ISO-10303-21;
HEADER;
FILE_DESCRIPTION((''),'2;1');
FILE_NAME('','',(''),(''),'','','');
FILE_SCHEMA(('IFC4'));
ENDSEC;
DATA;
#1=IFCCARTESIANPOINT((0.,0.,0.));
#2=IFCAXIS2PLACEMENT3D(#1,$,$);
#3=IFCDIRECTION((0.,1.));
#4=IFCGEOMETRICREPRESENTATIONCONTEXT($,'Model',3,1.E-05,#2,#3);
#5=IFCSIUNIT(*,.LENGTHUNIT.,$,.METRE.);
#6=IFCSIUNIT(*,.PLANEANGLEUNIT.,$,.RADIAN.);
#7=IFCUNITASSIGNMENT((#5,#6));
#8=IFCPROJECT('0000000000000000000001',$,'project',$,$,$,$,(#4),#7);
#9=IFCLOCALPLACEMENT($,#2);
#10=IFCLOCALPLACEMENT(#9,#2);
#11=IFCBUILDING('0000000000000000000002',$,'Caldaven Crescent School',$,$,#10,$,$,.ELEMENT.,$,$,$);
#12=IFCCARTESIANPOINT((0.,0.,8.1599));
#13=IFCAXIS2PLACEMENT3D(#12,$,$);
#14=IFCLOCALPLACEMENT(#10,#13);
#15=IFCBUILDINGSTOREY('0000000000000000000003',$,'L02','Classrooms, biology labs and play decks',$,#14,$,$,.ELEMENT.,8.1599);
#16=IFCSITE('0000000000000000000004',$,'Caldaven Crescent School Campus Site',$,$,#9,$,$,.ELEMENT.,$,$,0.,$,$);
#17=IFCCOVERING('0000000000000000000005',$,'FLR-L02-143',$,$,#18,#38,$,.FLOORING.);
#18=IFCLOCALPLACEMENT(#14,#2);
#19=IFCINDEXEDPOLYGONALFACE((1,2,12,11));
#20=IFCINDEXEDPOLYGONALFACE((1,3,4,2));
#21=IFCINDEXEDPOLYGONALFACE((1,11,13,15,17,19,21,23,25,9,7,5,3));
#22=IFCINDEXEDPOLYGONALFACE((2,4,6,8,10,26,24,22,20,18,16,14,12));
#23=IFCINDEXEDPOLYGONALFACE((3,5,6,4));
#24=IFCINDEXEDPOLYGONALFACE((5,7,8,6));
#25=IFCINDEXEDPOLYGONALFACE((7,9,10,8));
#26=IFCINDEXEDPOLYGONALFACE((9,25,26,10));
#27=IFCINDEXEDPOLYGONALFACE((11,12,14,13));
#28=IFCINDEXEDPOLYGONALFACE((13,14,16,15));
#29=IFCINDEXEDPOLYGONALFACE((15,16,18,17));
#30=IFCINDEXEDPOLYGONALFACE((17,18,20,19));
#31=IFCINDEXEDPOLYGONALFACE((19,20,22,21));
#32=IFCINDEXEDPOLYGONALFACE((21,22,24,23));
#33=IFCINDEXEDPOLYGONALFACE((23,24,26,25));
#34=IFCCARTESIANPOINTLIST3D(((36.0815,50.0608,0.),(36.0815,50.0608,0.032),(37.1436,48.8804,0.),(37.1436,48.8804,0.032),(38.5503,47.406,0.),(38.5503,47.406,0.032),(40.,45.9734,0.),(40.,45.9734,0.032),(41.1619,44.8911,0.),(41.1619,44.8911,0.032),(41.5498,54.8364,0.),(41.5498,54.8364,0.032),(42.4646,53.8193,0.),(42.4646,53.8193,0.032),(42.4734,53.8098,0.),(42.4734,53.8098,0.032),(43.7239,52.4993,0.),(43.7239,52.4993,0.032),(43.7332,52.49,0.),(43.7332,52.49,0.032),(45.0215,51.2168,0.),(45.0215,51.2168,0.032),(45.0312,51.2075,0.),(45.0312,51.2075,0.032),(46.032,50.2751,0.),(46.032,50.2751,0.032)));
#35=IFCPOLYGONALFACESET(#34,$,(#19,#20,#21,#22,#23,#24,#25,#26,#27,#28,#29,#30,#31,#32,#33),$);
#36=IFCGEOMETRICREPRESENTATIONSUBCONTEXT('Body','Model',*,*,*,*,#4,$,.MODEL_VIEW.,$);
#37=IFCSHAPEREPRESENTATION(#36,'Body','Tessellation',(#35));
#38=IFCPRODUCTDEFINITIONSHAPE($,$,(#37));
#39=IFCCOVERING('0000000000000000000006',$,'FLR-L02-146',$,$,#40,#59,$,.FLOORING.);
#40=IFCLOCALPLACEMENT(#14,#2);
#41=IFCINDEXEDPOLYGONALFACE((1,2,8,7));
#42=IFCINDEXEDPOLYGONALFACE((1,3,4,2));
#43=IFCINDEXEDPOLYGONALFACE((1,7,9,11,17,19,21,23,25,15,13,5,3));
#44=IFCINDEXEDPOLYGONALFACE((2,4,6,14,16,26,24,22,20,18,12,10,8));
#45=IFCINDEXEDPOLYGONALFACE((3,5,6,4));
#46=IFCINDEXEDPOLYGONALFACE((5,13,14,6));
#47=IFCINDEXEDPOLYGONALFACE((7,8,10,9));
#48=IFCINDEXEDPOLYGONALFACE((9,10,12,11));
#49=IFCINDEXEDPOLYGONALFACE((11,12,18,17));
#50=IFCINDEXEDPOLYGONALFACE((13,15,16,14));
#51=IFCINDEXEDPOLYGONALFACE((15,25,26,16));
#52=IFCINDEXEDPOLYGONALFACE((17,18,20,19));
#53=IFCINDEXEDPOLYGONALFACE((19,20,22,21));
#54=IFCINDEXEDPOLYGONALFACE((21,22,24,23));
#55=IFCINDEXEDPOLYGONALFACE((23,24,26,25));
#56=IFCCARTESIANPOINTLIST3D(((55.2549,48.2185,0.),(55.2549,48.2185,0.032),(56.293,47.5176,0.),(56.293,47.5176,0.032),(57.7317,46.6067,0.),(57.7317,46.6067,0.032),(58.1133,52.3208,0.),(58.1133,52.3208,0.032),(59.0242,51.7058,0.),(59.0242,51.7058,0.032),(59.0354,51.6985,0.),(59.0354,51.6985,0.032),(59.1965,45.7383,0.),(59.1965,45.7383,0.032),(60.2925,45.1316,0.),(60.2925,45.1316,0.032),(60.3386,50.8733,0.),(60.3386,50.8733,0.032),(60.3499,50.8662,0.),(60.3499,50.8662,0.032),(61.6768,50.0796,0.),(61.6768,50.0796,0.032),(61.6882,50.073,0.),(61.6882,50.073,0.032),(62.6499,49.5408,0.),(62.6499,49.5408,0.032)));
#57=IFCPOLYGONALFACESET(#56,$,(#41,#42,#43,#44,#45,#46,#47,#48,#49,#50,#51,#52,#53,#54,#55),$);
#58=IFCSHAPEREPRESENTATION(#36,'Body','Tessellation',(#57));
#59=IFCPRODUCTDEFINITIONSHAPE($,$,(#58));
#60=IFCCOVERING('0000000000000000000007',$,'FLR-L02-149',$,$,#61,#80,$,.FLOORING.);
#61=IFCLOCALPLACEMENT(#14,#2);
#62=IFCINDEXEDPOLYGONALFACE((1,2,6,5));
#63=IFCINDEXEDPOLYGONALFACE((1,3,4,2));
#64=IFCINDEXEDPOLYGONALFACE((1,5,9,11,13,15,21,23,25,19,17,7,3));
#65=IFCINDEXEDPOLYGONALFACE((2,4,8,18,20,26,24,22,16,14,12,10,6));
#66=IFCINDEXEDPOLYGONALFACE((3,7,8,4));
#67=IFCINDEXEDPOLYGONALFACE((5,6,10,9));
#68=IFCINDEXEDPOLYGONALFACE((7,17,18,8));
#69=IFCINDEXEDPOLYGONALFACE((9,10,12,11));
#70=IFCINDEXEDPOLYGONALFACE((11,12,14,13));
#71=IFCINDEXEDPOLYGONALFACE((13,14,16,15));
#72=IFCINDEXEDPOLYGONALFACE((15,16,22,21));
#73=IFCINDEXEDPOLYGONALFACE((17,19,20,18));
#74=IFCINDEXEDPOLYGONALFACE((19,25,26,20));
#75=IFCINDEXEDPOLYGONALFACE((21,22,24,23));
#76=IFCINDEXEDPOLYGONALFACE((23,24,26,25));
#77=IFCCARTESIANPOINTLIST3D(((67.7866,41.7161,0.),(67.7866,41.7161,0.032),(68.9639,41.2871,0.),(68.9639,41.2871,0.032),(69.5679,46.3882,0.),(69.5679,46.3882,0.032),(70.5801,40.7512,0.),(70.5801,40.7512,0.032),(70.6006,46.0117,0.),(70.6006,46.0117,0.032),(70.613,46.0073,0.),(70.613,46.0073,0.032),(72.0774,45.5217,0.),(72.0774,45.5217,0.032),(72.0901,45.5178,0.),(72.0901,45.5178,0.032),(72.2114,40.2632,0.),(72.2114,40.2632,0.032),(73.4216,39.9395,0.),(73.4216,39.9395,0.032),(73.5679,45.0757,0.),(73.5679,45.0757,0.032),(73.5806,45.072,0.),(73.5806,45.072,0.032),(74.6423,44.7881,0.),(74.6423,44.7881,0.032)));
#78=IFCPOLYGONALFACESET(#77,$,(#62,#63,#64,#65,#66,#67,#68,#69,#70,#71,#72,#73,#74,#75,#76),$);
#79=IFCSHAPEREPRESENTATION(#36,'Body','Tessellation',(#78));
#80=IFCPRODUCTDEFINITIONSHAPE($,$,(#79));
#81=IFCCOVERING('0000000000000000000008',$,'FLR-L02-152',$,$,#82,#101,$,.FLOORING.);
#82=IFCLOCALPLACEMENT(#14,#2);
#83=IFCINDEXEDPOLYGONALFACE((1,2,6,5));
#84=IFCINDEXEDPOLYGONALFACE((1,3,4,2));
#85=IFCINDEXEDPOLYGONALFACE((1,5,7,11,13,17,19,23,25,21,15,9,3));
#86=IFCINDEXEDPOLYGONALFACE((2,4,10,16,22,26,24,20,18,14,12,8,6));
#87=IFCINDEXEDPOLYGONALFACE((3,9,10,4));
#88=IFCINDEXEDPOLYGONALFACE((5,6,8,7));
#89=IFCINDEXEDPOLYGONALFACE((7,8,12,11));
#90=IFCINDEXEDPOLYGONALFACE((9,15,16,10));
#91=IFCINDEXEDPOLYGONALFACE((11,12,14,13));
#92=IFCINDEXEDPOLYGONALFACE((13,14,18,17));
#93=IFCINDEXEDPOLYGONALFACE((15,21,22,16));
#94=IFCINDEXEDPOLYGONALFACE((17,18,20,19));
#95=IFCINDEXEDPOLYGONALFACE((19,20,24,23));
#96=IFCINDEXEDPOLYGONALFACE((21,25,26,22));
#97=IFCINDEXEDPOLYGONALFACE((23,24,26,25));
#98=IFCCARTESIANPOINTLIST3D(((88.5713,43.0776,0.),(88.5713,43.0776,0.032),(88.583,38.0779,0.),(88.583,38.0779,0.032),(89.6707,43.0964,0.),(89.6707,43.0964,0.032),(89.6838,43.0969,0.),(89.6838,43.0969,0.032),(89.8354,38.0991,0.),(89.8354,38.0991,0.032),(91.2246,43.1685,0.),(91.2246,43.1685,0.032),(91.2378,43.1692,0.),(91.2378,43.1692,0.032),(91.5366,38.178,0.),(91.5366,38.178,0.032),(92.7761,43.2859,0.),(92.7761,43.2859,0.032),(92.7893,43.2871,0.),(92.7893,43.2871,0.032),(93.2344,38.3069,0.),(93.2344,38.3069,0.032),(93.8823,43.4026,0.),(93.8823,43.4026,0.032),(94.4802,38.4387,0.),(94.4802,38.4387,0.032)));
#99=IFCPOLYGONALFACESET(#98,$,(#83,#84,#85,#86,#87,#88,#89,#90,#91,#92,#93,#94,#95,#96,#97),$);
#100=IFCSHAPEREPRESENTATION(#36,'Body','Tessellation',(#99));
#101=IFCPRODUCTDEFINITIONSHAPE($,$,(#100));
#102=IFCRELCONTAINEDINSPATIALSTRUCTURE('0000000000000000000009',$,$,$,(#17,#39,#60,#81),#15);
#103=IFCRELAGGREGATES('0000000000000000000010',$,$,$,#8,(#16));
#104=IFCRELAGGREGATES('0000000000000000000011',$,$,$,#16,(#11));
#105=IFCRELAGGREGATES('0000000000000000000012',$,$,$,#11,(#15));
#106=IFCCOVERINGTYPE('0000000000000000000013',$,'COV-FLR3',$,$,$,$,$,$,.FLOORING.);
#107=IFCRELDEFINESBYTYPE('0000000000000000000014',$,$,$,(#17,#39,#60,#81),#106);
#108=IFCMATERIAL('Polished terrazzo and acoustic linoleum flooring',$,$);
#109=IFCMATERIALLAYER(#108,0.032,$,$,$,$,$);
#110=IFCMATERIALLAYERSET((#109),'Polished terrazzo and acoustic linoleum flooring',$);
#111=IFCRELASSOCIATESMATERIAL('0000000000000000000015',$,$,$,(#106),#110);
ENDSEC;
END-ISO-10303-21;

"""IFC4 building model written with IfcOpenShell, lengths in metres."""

from ifc_helpers import new_model, si_unit, direction, frame, origin, place, context, subcontext, project, spatial, polyline, outline, extrude, material, layer, layer_set, type_object, element, save


model = new_model("IFC4")

# Units and contexts
model_context = context("Model", 3, precision=1e-05, world=origin(), true_north=direction((0.0, 1.0)))
body_context = subcontext(model_context, "Body", "Model", "MODEL_VIEW")
ifc_project = project(units=[si_unit("LENGTHUNIT", "METRE"), si_unit("PLANEANGLEUNIT", "RADIAN")], contexts=[model_context])

# Site, building, storey
site_placement = place(None, origin())
site = spatial("IfcSite", under=ifc_project, at=site_placement, Name="Caldaven Crescent School Campus Site", CompositionType="ELEMENT", RefElevation=0.0)
building_placement = place(site_placement, origin())
building = spatial("IfcBuilding", under=site, at=building_placement, Name="Caldaven Crescent School", CompositionType="ELEMENT")
storey_placement = place(building_placement, frame((0.0, 0.0, 8.1599)))
storey = spatial("IfcBuildingStorey", under=building, at=storey_placement, Name="L02", Description="Classrooms, biology labs and play decks", CompositionType="ELEMENT", Elevation=8.1599)

# Coverings
ifc_material_1 = material(Name="Polished terrazzo and acoustic linoleum flooring")
ifc_layer_1 = layer(ifc_material_1, 0.032)
ifc_layer_set_1 = layer_set([ifc_layer_1], Name="Polished terrazzo and acoustic linoleum flooring")
covering_type_1 = type_object("IfcCoveringType", Name="COV-FLR3", PredefinedType="FLOORING", material=ifc_layer_set_1)
covering_1_placement = place(storey_placement, origin())
element("IfcCovering", 1, at=covering_1_placement, inside=storey, type_object=covering_type_1, Name="FLR-L02-143", PredefinedType="FLOORING", context=body_context, shape_type="SweptSolid", body=[
    extrude(outline(polyline([(41.5498, 54.8364), (42.4646, 53.8193), (42.4734, 53.8098), (43.7239, 52.4993), (43.7332, 52.49), (45.0215, 51.2168), (45.0312, 51.2075), (46.032, 50.2751), (41.1619, 44.8911), (40.0, 45.9734), (38.5503, 47.406), (37.1436, 48.8804), (36.0815, 50.0608), (41.5498, 54.8364)])), origin(), (0.0, 0.0, 1.0), 0.032),
])
covering_2_placement = place(storey_placement, origin())
element("IfcCovering", 2, at=covering_2_placement, inside=storey, type_object=covering_type_1, Name="FLR-L02-146", PredefinedType="FLOORING", context=body_context, shape_type="SweptSolid", body=[
    extrude(outline(polyline([(58.1133, 52.3208), (59.0242, 51.7058), (59.0354, 51.6985), (60.3386, 50.8733), (60.3499, 50.8662), (61.6768, 50.0796), (61.6882, 50.073), (62.6499, 49.5408), (60.2925, 45.1316), (59.1965, 45.7383), (57.7317, 46.6067), (56.293, 47.5176), (55.2549, 48.2185), (58.1133, 52.3208)])), origin(), (0.0, 0.0, 1.0), 0.032),
])
covering_3_placement = place(storey_placement, origin())
element("IfcCovering", 3, at=covering_3_placement, inside=storey, type_object=covering_type_1, Name="FLR-L02-149", PredefinedType="FLOORING", context=body_context, shape_type="SweptSolid", body=[
    extrude(outline(polyline([(69.5679, 46.3882), (70.6006, 46.0117), (70.613, 46.0073), (72.0774, 45.5217), (72.0901, 45.5178), (73.5679, 45.0757), (73.5806, 45.072), (74.6423, 44.7881), (73.4216, 39.9395), (72.2114, 40.2632), (70.5801, 40.7512), (68.9639, 41.2871), (67.7866, 41.7161), (69.5679, 46.3882)])), origin(), (0.0, 0.0, 1.0), 0.032),
])
covering_4_placement = place(storey_placement, origin())
element("IfcCovering", 4, at=covering_4_placement, inside=storey, type_object=covering_type_1, Name="FLR-L02-152", PredefinedType="FLOORING", context=body_context, shape_type="SweptSolid", body=[
    extrude(outline(polyline([(88.5713, 43.0776), (89.6707, 43.0964), (89.6838, 43.0969), (91.2246, 43.1685), (91.2378, 43.1692), (92.7761, 43.2859), (92.7893, 43.2871), (93.8823, 43.4026), (94.4802, 38.4387), (93.2344, 38.3069), (91.5366, 38.178), (89.8354, 38.0991), (88.583, 38.0779), (88.5713, 43.0776)])), origin(), (0.0, 0.0, 1.0), 0.032),
])

save(model, "model.ifc")
